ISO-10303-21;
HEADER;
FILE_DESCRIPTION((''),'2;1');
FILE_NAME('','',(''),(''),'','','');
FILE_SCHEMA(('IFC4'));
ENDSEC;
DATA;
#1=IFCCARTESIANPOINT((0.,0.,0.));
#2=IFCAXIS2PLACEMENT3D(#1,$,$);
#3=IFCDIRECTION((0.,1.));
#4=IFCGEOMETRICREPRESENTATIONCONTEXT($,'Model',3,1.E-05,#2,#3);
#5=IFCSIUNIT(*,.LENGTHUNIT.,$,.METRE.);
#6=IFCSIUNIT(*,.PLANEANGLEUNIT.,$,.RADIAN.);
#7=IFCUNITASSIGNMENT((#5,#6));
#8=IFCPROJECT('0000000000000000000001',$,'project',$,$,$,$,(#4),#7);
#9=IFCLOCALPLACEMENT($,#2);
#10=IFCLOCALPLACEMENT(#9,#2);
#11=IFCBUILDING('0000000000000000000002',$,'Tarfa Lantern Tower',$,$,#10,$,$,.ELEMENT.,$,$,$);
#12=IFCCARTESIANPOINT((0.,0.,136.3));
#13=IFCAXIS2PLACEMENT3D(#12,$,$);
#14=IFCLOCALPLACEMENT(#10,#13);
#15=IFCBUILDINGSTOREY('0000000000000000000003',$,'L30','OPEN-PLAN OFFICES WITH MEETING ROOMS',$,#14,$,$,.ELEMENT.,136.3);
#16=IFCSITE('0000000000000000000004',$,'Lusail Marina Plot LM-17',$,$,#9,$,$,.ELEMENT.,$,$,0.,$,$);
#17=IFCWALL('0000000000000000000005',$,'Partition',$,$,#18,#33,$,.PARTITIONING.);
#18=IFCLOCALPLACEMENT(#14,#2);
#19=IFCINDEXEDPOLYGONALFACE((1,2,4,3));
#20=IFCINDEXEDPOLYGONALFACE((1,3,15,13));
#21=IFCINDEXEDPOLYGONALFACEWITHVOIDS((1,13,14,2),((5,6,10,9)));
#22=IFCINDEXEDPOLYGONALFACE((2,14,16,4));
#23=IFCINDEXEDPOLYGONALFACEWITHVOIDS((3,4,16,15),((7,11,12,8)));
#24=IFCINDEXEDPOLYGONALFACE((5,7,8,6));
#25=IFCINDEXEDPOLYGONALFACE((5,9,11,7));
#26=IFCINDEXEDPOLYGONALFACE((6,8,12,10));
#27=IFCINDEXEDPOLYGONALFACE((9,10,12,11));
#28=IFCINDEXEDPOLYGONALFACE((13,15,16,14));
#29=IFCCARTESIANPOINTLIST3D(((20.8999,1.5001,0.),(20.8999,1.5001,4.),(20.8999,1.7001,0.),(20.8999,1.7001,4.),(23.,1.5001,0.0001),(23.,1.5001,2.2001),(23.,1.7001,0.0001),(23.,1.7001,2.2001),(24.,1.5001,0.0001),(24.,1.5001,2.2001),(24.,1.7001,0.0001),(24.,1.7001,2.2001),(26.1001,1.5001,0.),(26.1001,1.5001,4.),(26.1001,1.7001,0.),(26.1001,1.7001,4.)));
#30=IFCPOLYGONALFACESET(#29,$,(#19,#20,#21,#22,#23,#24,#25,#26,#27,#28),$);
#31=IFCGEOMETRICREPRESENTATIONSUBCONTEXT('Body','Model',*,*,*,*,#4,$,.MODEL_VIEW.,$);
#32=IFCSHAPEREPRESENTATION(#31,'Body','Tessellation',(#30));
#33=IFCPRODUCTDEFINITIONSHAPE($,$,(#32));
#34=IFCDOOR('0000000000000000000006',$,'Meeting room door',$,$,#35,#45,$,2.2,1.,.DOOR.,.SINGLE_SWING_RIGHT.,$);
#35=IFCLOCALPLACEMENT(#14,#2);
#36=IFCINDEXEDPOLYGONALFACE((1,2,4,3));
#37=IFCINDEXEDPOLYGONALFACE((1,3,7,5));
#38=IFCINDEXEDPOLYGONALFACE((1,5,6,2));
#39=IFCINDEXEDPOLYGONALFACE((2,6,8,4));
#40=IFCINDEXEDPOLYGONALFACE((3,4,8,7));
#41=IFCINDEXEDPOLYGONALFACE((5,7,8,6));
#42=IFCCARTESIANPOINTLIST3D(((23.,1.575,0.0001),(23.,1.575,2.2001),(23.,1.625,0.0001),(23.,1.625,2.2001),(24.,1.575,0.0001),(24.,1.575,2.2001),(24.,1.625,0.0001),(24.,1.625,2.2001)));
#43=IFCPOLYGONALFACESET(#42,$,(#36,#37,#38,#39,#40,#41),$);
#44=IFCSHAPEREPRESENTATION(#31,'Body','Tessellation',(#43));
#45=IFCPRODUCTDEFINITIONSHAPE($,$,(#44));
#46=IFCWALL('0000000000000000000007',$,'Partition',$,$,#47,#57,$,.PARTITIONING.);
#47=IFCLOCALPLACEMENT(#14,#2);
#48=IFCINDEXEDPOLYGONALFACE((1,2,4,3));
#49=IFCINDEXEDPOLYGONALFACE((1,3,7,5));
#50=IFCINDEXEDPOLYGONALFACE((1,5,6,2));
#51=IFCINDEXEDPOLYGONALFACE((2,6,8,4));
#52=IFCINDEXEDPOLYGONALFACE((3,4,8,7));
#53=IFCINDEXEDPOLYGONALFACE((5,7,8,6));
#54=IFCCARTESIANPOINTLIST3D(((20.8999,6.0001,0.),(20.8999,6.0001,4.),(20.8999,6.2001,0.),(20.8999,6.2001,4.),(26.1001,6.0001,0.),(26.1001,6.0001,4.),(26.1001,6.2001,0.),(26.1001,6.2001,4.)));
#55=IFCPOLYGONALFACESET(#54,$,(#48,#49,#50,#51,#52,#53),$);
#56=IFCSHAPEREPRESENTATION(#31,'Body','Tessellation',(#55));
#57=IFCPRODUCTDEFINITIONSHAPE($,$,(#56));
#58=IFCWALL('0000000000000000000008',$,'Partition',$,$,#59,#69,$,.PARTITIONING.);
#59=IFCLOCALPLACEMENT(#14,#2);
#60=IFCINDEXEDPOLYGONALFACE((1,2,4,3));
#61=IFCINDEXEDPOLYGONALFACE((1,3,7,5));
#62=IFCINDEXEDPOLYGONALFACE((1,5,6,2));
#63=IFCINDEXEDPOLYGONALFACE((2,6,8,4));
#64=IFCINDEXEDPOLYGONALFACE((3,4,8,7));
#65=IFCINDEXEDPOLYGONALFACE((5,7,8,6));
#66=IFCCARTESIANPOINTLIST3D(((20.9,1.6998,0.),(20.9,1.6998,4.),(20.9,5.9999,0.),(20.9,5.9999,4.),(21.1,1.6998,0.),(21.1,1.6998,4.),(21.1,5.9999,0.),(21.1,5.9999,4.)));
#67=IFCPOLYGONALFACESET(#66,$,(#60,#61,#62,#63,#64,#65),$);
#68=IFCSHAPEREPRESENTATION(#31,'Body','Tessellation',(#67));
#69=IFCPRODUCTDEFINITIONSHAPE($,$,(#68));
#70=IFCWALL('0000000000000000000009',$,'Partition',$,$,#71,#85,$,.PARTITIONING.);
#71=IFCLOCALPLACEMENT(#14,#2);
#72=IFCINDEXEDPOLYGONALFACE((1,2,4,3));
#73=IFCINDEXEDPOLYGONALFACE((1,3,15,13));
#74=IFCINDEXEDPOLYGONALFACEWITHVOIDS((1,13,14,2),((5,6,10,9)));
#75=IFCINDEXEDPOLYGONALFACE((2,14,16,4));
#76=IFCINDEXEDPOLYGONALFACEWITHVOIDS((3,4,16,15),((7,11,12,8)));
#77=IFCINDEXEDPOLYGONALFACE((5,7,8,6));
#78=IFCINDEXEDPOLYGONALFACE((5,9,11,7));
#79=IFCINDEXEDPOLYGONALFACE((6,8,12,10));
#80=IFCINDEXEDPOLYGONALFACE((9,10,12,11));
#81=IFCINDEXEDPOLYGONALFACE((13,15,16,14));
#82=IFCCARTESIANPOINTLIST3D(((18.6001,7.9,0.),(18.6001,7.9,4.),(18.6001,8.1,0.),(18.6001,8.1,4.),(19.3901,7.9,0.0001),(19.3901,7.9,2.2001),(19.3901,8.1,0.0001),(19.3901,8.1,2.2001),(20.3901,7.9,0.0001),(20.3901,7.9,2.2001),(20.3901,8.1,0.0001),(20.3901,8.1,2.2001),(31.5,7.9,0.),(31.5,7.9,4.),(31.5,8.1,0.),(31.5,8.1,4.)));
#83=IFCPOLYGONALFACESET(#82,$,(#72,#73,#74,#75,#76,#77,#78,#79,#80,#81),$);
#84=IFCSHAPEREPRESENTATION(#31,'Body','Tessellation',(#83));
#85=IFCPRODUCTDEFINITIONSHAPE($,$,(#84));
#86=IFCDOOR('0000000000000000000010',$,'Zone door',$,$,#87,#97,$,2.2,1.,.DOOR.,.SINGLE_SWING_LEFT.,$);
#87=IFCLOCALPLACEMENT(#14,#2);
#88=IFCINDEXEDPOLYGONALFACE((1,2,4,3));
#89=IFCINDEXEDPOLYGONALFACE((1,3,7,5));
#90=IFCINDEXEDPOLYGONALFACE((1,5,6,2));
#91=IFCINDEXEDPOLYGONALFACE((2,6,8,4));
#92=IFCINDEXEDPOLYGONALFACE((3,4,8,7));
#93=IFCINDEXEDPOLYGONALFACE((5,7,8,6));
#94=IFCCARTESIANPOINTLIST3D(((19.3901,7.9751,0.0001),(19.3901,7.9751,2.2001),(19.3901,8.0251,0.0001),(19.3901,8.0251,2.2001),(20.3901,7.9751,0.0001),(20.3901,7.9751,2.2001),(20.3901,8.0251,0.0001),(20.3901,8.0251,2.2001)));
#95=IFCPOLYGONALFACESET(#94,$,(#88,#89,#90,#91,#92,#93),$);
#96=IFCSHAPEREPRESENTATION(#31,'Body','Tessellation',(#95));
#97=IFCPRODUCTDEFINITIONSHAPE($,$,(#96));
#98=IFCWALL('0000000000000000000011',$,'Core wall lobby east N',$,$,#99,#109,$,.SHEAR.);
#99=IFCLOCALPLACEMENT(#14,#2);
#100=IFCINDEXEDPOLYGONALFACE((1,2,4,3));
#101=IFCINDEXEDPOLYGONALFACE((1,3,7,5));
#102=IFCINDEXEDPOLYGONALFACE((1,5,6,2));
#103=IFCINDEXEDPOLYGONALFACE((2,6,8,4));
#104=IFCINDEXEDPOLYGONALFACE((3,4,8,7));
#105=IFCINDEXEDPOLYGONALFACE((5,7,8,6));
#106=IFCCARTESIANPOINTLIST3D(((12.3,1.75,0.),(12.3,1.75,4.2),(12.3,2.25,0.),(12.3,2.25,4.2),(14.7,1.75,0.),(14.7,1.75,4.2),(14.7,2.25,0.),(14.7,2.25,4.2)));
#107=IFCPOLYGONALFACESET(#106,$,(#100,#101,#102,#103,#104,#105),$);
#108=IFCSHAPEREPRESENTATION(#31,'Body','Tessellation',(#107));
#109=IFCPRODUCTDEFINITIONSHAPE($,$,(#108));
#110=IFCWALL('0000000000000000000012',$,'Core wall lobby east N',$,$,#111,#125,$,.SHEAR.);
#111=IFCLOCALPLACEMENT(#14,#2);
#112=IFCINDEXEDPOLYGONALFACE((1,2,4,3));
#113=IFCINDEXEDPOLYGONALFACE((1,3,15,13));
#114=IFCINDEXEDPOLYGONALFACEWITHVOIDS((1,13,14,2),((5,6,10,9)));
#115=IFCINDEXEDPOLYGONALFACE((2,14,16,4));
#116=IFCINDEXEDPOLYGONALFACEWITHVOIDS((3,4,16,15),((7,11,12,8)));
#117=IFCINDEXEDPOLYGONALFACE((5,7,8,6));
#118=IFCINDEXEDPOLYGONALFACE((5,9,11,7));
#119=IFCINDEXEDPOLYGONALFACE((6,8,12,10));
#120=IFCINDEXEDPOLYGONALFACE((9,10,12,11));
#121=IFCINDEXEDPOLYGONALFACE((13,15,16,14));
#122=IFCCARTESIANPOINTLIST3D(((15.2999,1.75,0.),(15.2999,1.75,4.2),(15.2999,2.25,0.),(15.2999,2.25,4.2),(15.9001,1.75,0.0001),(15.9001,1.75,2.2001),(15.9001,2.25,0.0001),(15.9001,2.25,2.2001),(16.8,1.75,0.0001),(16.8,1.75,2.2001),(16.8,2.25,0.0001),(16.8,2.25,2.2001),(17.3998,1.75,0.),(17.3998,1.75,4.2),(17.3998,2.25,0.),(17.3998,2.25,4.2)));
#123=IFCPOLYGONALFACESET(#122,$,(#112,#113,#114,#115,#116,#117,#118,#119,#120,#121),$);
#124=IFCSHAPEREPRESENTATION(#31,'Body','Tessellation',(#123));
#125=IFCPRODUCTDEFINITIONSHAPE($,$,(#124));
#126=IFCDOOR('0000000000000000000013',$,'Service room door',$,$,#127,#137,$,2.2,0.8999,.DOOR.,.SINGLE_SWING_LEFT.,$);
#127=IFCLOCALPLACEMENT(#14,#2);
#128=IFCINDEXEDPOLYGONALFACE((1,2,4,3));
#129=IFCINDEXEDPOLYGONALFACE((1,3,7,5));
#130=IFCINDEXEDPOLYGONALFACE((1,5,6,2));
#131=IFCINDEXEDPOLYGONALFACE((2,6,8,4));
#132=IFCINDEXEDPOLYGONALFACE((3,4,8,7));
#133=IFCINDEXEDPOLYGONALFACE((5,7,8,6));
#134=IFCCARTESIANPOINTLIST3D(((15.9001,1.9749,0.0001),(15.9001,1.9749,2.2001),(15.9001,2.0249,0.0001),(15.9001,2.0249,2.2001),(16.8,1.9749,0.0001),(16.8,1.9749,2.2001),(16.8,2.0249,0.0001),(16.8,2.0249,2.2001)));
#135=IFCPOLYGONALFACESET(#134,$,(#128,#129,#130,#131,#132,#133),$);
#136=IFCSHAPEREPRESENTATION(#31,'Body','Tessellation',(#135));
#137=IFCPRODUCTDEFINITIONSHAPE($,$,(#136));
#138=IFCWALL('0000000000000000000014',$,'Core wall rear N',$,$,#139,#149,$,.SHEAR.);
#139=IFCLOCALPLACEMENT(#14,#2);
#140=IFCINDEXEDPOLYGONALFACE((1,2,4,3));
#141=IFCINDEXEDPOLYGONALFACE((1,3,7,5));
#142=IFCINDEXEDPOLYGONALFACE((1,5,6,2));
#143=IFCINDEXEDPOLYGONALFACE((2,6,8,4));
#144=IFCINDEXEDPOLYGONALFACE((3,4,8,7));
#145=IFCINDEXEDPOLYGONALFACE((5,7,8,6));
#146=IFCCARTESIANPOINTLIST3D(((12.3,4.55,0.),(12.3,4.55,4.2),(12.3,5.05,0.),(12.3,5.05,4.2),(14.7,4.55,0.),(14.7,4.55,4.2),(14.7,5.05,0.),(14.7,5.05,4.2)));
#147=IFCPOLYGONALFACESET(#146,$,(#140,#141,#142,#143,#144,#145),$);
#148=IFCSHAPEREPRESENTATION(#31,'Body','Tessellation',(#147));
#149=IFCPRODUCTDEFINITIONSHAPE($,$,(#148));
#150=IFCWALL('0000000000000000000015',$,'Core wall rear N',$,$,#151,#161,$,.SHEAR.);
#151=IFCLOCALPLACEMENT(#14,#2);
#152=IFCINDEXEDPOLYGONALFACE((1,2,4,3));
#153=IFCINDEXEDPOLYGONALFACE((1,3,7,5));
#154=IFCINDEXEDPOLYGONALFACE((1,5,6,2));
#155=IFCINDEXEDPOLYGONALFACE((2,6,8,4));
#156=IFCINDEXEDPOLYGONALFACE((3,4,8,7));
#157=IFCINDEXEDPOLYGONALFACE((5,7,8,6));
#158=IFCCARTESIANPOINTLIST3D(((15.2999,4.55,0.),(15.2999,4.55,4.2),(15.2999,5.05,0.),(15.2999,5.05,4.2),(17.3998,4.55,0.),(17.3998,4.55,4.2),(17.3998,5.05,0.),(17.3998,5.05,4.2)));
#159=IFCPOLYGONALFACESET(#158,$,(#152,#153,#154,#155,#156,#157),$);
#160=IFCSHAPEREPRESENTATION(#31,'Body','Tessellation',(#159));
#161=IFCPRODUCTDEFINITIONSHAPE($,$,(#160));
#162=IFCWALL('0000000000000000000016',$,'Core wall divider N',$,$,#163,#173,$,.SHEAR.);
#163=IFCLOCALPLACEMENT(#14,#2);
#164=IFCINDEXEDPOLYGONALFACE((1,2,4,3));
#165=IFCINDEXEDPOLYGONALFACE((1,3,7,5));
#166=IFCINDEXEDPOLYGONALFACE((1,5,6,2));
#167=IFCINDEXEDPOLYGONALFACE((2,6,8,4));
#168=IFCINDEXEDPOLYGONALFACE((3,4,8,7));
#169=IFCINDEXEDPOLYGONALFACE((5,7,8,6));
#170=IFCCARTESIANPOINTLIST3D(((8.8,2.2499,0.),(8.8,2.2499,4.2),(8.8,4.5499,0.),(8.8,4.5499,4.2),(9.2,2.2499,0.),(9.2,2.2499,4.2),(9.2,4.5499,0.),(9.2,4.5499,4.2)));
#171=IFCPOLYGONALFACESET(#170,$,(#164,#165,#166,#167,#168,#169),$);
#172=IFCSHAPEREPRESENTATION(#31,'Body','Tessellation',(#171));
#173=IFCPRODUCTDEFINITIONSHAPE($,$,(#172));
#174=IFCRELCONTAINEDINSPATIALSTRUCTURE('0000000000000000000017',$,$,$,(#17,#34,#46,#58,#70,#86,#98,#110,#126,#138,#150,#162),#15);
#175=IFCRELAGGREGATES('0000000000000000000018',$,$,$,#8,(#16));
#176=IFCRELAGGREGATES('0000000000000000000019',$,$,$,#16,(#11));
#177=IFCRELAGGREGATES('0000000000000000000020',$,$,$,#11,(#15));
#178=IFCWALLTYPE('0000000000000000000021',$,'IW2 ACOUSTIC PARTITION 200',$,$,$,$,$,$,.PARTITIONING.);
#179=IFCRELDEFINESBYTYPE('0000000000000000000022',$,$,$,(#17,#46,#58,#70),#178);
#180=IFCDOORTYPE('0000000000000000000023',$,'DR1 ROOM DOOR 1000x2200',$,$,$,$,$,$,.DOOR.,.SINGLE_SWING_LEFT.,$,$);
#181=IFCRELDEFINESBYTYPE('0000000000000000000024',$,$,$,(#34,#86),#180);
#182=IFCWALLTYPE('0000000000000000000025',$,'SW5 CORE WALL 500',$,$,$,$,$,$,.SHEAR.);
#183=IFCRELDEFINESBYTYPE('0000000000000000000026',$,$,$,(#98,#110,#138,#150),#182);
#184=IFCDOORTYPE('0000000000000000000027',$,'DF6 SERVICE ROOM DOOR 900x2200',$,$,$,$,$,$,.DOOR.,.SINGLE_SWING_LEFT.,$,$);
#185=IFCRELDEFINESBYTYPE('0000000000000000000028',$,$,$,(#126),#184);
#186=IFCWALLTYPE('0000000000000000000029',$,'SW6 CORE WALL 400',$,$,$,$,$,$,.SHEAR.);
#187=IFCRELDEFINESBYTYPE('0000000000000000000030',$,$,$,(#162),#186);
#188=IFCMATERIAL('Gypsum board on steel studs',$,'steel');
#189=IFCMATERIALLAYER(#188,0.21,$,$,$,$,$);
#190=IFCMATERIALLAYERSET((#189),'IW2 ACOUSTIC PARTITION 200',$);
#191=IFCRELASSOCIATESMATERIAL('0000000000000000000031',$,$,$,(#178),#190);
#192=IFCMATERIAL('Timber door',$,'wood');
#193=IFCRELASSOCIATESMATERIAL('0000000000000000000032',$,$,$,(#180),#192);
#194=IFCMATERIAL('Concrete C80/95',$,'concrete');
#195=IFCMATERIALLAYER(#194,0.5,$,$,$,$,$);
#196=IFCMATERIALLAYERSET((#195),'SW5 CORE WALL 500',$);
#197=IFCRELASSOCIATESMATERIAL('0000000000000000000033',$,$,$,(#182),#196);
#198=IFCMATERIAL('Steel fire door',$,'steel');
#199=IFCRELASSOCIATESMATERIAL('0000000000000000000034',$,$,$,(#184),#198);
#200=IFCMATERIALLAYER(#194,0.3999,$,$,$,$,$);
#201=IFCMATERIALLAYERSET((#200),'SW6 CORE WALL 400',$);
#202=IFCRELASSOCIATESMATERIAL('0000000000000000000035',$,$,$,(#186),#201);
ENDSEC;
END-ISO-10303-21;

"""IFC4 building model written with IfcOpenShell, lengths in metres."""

from ifc_helpers import new_model, si_unit, direction, frame, frame_2d, origin, place, context, subcontext, project, spatial, rectangle, extrude, material, layer, layer_set, type_object, element, fill, save


model = new_model("IFC4")

# Units and contexts
model_context = context("Model", 3, precision=1e-05, world=origin(), true_north=direction((0.0, 1.0)))
body_context = subcontext(model_context, "Body", "Model", "MODEL_VIEW")
ifc_project = project(units=[si_unit("LENGTHUNIT", "METRE"), si_unit("PLANEANGLEUNIT", "RADIAN")], contexts=[model_context])

# Site, building, storey
site_placement = place(None, origin())
site = spatial("IfcSite", under=ifc_project, at=site_placement, Name="Lusail Marina Plot LM-17", CompositionType="ELEMENT", RefElevation=0.0)
building_placement = place(site_placement, origin())
building = spatial("IfcBuilding", under=site, at=building_placement, Name="Tarfa Lantern Tower", CompositionType="ELEMENT")
storey_placement = place(building_placement, frame((0.0, 0.0, 136.3)))
storey = spatial("IfcBuildingStorey", under=building, at=storey_placement, Name="L30", Description="OPEN-PLAN OFFICES WITH MEETING ROOMS", CompositionType="ELEMENT", Elevation=136.3)

# Shared definitions
ifc_material_1 = material(Name="Gypsum board on steel studs", Category="steel")
ifc_layer_1 = layer(ifc_material_1, 0.21)
ifc_layer_set_1 = layer_set([ifc_layer_1], Name="IW2 ACOUSTIC PARTITION 200")
wall_type_1 = type_object("IfcWallType", Name="IW2 ACOUSTIC PARTITION 200", PredefinedType="PARTITIONING", material=ifc_layer_set_1)

# Wall, opening, door
wall_1_placement = place(storey_placement, frame((20.8999, 1.6001, 0.0), z_axis=(0.0, 0.0, 1.0), x_axis=(1.0, 0.0, 0.0)))
wall_1 = element("IfcWall", 1, at=wall_1_placement, inside=storey, type_object=wall_type_1, Name="Partition", PredefinedType="PARTITIONING", context=body_context, shape_type="SweptSolid", body=[
    extrude(rectangle(XDim=5.2002, YDim=0.2, at=frame_2d((2.6001, 0.0))), origin(), (0.0, 0.0, 1.0), 4.0),
])
opening_1_placement = place(wall_1_placement, frame((2.1001, 0.0, 0.0)))
opening_1 = element("IfcOpeningElement", 2, at=opening_1_placement, cuts=wall_1, PredefinedType="OPENING", context=body_context, shape_type="SweptSolid", body=[
    extrude(rectangle(XDim=1.0, YDim=2.2, at=frame_2d((0.5, 1.1001))), frame((0.0, 0.1099, 0.0), z_axis=(0.0, -1.0, 0.0), x_axis=(1.0, 0.0, 0.0)), (0.0, 0.0, 1.0), 0.22),
])
ifc_material_2 = material(Name="Timber door", Category="wood")
door_type_1 = type_object("IfcDoorType", Name="DR1 ROOM DOOR 1000x2200", OperationType="SINGLE_SWING_LEFT", PredefinedType="DOOR", material=ifc_material_2)
door_1_placement = place(opening_1_placement, origin())
door_1 = element("IfcDoor", 3, at=door_1_placement, inside=storey, type_object=door_type_1, Name="Meeting room door", OperationType="SINGLE_SWING_RIGHT", OverallHeight=2.2, OverallWidth=1.0, PredefinedType="DOOR", context=body_context, shape_type="SweptSolid", body=[
    extrude(rectangle(XDim=1.0, YDim=2.2, at=frame_2d((0.5, 1.1001))), frame((0.0, 0.0249, 0.0), z_axis=(0.0, -1.0, 0.0), x_axis=(1.0, 0.0, 0.0)), (0.0, 0.0, 1.0), 0.05),
])
fill(opening_1, door_1)

# Walls
wall_2_placement = place(storey_placement, frame((20.8999, 6.1001, 0.0), z_axis=(0.0, 0.0, 1.0), x_axis=(1.0, 0.0, 0.0)))
element("IfcWall", 4, at=wall_2_placement, inside=storey, type_object=wall_type_1, Name="Partition", PredefinedType="PARTITIONING", context=body_context, shape_type="SweptSolid", body=[
    extrude(rectangle(XDim=5.2002, YDim=0.2, at=frame_2d((2.6001, 0.0))), origin(), (0.0, 0.0, 1.0), 4.0),
])
wall_3_placement = place(storey_placement, frame((21.0, 1.7, 0.0), z_axis=(0.0, 0.0, 1.0), x_axis=(0.0, 1.0, 0.0)))
element("IfcWall", 5, at=wall_3_placement, inside=storey, type_object=wall_type_1, Name="Partition", PredefinedType="PARTITIONING", context=body_context, shape_type="SweptSolid", body=[
    extrude(rectangle(XDim=4.3, YDim=0.2, at=frame_2d((2.1499, 0.0))), origin(), (0.0, 0.0, 1.0), 4.0),
])

# Wall, opening, door
wall_4_placement = place(storey_placement, frame((18.6001, 8.0, 0.0), z_axis=(0.0, 0.0, 1.0), x_axis=(1.0, 0.0, 0.0)))
wall_4 = element("IfcWall", 6, at=wall_4_placement, inside=storey, type_object=wall_type_1, Name="Partition", PredefinedType="PARTITIONING", context=body_context, shape_type="SweptSolid", body=[
    extrude(rectangle(XDim=12.8999, YDim=0.2, at=frame_2d((6.45, 0.0))), origin(), (0.0, 0.0, 1.0), 4.0),
])
opening_2_placement = place(wall_4_placement, frame((0.79, 0.0, 0.0)))
opening_2 = element("IfcOpeningElement", 7, at=opening_2_placement, cuts=wall_4, PredefinedType="OPENING", context=body_context, shape_type="SweptSolid", body=[
    extrude(rectangle(XDim=1.0, YDim=2.2, at=frame_2d((0.5, 1.1001))), frame((0.0, 0.1099, 0.0), z_axis=(0.0, -1.0, 0.0), x_axis=(1.0, 0.0, 0.0)), (0.0, 0.0, 1.0), 0.22),
])
door_2_placement = place(opening_2_placement, frame((1.0, 0.0, 0.0), z_axis=(0.0, 0.0, 1.0), x_axis=(-1.0, 0.0, 0.0)))
door_2 = element("IfcDoor", 8, at=door_2_placement, inside=storey, type_object=door_type_1, Name="Zone door", OperationType="SINGLE_SWING_LEFT", OverallHeight=2.2, OverallWidth=1.0, PredefinedType="DOOR", context=body_context, shape_type="SweptSolid", body=[
    extrude(rectangle(XDim=1.0, YDim=2.2, at=frame_2d((0.5, 1.1001))), frame((0.0, 0.0249, 0.0), z_axis=(0.0, -1.0, 0.0), x_axis=(1.0, 0.0, 0.0)), (0.0, 0.0, 1.0), 0.05),
])
fill(opening_2, door_2)

# Wall
ifc_material_3 = material(Name="Concrete C80/95", Category="concrete")
ifc_layer_2 = layer(ifc_material_3, 0.5)
ifc_layer_set_2 = layer_set([ifc_layer_2], Name="SW5 CORE WALL 500")
wall_type_2 = type_object("IfcWallType", Name="SW5 CORE WALL 500", PredefinedType="SHEAR", material=ifc_layer_set_2)
wall_5_placement = place(storey_placement, frame((12.3, 2.0, 0.0), z_axis=(0.0, 0.0, 1.0), x_axis=(1.0, 0.0, 0.0)))
element("IfcWall", 9, at=wall_5_placement, inside=storey, type_object=wall_type_2, Name="Core wall lobby east N", PredefinedType="SHEAR", context=body_context, shape_type="SweptSolid", body=[
    extrude(rectangle(XDim=2.3999, YDim=0.5, at=frame_2d((1.2, 0.0))), origin(), (0.0, 0.0, 1.0), 4.2),
])

# Wall, opening, door
wall_6_placement = place(storey_placement, frame((15.3, 2.0, 0.0), z_axis=(0.0, 0.0, 1.0), x_axis=(1.0, 0.0, 0.0)))
wall_6 = element("IfcWall", 10, at=wall_6_placement, inside=storey, type_object=wall_type_2, Name="Core wall lobby east N", PredefinedType="SHEAR", context=body_context, shape_type="SweptSolid", body=[
    extrude(rectangle(XDim=2.0999, YDim=0.5, at=frame_2d((1.0498, 0.0))), origin(), (0.0, 0.0, 1.0), 4.2),
])
opening_3_placement = place(wall_6_placement, frame((0.6001, 0.0, 0.0)))
opening_3 = element("IfcOpeningElement", 11, at=opening_3_placement, cuts=wall_6, PredefinedType="OPENING", context=body_context, shape_type="SweptSolid", body=[
    extrude(rectangle(XDim=0.8999, YDim=2.2, at=frame_2d((0.45, 1.1001))), frame((0.0, 0.26, 0.0), z_axis=(0.0, -1.0, 0.0), x_axis=(1.0, 0.0, 0.0)), (0.0, 0.0, 1.0), 0.52),
])
ifc_material_4 = material(Name="Steel fire door", Category="steel")
door_type_2 = type_object("IfcDoorType", Name="DF6 SERVICE ROOM DOOR 900x2200", OperationType="SINGLE_SWING_LEFT", PredefinedType="DOOR", material=ifc_material_4)
door_3_placement = place(opening_3_placement, origin())
door_3 = element("IfcDoor", 12, at=door_3_placement, inside=storey, type_object=door_type_2, Name="Service room door", OperationType="SINGLE_SWING_LEFT", OverallHeight=2.2, OverallWidth=0.8999, PredefinedType="DOOR", context=body_context, shape_type="SweptSolid", body=[
    extrude(rectangle(XDim=0.8999, YDim=2.2, at=frame_2d((0.45, 1.1001))), frame((0.0, 0.0249, 0.0), z_axis=(0.0, -1.0, 0.0), x_axis=(1.0, 0.0, 0.0)), (0.0, 0.0, 1.0), 0.05),
])
fill(opening_3, door_3)

# Walls
wall_7_placement = place(storey_placement, frame((12.3, 4.8, 0.0), z_axis=(0.0, 0.0, 1.0), x_axis=(1.0, 0.0, 0.0)))
element("IfcWall", 13, at=wall_7_placement, inside=storey, type_object=wall_type_2, Name="Core wall rear N", PredefinedType="SHEAR", context=body_context, shape_type="SweptSolid", body=[
    extrude(rectangle(XDim=2.3999, YDim=0.5, at=frame_2d((1.2, 0.0))), origin(), (0.0, 0.0, 1.0), 4.2),
])
wall_8_placement = place(storey_placement, frame((15.3, 4.8, 0.0), z_axis=(0.0, 0.0, 1.0), x_axis=(1.0, 0.0, 0.0)))
element("IfcWall", 14, at=wall_8_placement, inside=storey, type_object=wall_type_2, Name="Core wall rear N", PredefinedType="SHEAR", context=body_context, shape_type="SweptSolid", body=[
    extrude(rectangle(XDim=2.0999, YDim=0.5, at=frame_2d((1.0498, 0.0))), origin(), (0.0, 0.0, 1.0), 4.2),
])
ifc_layer_3 = layer(ifc_material_3, 0.3999)
ifc_layer_set_3 = layer_set([ifc_layer_3], Name="SW6 CORE WALL 400")
wall_type_3 = type_object("IfcWallType", Name="SW6 CORE WALL 400", PredefinedType="SHEAR", material=ifc_layer_set_3)
wall_9_placement = place(storey_placement, frame((9.0, 2.25, 0.0), z_axis=(0.0, 0.0, 1.0), x_axis=(0.0, 1.0, 0.0)))
element("IfcWall", 15, at=wall_9_placement, inside=storey, type_object=wall_type_3, Name="Core wall divider N", PredefinedType="SHEAR", context=body_context, shape_type="SweptSolid", body=[
    extrude(rectangle(XDim=2.3, YDim=0.3999, at=frame_2d((1.1499, 0.0))), origin(), (0.0, 0.0, 1.0), 4.2),
])

save(model, "model.ifc")
